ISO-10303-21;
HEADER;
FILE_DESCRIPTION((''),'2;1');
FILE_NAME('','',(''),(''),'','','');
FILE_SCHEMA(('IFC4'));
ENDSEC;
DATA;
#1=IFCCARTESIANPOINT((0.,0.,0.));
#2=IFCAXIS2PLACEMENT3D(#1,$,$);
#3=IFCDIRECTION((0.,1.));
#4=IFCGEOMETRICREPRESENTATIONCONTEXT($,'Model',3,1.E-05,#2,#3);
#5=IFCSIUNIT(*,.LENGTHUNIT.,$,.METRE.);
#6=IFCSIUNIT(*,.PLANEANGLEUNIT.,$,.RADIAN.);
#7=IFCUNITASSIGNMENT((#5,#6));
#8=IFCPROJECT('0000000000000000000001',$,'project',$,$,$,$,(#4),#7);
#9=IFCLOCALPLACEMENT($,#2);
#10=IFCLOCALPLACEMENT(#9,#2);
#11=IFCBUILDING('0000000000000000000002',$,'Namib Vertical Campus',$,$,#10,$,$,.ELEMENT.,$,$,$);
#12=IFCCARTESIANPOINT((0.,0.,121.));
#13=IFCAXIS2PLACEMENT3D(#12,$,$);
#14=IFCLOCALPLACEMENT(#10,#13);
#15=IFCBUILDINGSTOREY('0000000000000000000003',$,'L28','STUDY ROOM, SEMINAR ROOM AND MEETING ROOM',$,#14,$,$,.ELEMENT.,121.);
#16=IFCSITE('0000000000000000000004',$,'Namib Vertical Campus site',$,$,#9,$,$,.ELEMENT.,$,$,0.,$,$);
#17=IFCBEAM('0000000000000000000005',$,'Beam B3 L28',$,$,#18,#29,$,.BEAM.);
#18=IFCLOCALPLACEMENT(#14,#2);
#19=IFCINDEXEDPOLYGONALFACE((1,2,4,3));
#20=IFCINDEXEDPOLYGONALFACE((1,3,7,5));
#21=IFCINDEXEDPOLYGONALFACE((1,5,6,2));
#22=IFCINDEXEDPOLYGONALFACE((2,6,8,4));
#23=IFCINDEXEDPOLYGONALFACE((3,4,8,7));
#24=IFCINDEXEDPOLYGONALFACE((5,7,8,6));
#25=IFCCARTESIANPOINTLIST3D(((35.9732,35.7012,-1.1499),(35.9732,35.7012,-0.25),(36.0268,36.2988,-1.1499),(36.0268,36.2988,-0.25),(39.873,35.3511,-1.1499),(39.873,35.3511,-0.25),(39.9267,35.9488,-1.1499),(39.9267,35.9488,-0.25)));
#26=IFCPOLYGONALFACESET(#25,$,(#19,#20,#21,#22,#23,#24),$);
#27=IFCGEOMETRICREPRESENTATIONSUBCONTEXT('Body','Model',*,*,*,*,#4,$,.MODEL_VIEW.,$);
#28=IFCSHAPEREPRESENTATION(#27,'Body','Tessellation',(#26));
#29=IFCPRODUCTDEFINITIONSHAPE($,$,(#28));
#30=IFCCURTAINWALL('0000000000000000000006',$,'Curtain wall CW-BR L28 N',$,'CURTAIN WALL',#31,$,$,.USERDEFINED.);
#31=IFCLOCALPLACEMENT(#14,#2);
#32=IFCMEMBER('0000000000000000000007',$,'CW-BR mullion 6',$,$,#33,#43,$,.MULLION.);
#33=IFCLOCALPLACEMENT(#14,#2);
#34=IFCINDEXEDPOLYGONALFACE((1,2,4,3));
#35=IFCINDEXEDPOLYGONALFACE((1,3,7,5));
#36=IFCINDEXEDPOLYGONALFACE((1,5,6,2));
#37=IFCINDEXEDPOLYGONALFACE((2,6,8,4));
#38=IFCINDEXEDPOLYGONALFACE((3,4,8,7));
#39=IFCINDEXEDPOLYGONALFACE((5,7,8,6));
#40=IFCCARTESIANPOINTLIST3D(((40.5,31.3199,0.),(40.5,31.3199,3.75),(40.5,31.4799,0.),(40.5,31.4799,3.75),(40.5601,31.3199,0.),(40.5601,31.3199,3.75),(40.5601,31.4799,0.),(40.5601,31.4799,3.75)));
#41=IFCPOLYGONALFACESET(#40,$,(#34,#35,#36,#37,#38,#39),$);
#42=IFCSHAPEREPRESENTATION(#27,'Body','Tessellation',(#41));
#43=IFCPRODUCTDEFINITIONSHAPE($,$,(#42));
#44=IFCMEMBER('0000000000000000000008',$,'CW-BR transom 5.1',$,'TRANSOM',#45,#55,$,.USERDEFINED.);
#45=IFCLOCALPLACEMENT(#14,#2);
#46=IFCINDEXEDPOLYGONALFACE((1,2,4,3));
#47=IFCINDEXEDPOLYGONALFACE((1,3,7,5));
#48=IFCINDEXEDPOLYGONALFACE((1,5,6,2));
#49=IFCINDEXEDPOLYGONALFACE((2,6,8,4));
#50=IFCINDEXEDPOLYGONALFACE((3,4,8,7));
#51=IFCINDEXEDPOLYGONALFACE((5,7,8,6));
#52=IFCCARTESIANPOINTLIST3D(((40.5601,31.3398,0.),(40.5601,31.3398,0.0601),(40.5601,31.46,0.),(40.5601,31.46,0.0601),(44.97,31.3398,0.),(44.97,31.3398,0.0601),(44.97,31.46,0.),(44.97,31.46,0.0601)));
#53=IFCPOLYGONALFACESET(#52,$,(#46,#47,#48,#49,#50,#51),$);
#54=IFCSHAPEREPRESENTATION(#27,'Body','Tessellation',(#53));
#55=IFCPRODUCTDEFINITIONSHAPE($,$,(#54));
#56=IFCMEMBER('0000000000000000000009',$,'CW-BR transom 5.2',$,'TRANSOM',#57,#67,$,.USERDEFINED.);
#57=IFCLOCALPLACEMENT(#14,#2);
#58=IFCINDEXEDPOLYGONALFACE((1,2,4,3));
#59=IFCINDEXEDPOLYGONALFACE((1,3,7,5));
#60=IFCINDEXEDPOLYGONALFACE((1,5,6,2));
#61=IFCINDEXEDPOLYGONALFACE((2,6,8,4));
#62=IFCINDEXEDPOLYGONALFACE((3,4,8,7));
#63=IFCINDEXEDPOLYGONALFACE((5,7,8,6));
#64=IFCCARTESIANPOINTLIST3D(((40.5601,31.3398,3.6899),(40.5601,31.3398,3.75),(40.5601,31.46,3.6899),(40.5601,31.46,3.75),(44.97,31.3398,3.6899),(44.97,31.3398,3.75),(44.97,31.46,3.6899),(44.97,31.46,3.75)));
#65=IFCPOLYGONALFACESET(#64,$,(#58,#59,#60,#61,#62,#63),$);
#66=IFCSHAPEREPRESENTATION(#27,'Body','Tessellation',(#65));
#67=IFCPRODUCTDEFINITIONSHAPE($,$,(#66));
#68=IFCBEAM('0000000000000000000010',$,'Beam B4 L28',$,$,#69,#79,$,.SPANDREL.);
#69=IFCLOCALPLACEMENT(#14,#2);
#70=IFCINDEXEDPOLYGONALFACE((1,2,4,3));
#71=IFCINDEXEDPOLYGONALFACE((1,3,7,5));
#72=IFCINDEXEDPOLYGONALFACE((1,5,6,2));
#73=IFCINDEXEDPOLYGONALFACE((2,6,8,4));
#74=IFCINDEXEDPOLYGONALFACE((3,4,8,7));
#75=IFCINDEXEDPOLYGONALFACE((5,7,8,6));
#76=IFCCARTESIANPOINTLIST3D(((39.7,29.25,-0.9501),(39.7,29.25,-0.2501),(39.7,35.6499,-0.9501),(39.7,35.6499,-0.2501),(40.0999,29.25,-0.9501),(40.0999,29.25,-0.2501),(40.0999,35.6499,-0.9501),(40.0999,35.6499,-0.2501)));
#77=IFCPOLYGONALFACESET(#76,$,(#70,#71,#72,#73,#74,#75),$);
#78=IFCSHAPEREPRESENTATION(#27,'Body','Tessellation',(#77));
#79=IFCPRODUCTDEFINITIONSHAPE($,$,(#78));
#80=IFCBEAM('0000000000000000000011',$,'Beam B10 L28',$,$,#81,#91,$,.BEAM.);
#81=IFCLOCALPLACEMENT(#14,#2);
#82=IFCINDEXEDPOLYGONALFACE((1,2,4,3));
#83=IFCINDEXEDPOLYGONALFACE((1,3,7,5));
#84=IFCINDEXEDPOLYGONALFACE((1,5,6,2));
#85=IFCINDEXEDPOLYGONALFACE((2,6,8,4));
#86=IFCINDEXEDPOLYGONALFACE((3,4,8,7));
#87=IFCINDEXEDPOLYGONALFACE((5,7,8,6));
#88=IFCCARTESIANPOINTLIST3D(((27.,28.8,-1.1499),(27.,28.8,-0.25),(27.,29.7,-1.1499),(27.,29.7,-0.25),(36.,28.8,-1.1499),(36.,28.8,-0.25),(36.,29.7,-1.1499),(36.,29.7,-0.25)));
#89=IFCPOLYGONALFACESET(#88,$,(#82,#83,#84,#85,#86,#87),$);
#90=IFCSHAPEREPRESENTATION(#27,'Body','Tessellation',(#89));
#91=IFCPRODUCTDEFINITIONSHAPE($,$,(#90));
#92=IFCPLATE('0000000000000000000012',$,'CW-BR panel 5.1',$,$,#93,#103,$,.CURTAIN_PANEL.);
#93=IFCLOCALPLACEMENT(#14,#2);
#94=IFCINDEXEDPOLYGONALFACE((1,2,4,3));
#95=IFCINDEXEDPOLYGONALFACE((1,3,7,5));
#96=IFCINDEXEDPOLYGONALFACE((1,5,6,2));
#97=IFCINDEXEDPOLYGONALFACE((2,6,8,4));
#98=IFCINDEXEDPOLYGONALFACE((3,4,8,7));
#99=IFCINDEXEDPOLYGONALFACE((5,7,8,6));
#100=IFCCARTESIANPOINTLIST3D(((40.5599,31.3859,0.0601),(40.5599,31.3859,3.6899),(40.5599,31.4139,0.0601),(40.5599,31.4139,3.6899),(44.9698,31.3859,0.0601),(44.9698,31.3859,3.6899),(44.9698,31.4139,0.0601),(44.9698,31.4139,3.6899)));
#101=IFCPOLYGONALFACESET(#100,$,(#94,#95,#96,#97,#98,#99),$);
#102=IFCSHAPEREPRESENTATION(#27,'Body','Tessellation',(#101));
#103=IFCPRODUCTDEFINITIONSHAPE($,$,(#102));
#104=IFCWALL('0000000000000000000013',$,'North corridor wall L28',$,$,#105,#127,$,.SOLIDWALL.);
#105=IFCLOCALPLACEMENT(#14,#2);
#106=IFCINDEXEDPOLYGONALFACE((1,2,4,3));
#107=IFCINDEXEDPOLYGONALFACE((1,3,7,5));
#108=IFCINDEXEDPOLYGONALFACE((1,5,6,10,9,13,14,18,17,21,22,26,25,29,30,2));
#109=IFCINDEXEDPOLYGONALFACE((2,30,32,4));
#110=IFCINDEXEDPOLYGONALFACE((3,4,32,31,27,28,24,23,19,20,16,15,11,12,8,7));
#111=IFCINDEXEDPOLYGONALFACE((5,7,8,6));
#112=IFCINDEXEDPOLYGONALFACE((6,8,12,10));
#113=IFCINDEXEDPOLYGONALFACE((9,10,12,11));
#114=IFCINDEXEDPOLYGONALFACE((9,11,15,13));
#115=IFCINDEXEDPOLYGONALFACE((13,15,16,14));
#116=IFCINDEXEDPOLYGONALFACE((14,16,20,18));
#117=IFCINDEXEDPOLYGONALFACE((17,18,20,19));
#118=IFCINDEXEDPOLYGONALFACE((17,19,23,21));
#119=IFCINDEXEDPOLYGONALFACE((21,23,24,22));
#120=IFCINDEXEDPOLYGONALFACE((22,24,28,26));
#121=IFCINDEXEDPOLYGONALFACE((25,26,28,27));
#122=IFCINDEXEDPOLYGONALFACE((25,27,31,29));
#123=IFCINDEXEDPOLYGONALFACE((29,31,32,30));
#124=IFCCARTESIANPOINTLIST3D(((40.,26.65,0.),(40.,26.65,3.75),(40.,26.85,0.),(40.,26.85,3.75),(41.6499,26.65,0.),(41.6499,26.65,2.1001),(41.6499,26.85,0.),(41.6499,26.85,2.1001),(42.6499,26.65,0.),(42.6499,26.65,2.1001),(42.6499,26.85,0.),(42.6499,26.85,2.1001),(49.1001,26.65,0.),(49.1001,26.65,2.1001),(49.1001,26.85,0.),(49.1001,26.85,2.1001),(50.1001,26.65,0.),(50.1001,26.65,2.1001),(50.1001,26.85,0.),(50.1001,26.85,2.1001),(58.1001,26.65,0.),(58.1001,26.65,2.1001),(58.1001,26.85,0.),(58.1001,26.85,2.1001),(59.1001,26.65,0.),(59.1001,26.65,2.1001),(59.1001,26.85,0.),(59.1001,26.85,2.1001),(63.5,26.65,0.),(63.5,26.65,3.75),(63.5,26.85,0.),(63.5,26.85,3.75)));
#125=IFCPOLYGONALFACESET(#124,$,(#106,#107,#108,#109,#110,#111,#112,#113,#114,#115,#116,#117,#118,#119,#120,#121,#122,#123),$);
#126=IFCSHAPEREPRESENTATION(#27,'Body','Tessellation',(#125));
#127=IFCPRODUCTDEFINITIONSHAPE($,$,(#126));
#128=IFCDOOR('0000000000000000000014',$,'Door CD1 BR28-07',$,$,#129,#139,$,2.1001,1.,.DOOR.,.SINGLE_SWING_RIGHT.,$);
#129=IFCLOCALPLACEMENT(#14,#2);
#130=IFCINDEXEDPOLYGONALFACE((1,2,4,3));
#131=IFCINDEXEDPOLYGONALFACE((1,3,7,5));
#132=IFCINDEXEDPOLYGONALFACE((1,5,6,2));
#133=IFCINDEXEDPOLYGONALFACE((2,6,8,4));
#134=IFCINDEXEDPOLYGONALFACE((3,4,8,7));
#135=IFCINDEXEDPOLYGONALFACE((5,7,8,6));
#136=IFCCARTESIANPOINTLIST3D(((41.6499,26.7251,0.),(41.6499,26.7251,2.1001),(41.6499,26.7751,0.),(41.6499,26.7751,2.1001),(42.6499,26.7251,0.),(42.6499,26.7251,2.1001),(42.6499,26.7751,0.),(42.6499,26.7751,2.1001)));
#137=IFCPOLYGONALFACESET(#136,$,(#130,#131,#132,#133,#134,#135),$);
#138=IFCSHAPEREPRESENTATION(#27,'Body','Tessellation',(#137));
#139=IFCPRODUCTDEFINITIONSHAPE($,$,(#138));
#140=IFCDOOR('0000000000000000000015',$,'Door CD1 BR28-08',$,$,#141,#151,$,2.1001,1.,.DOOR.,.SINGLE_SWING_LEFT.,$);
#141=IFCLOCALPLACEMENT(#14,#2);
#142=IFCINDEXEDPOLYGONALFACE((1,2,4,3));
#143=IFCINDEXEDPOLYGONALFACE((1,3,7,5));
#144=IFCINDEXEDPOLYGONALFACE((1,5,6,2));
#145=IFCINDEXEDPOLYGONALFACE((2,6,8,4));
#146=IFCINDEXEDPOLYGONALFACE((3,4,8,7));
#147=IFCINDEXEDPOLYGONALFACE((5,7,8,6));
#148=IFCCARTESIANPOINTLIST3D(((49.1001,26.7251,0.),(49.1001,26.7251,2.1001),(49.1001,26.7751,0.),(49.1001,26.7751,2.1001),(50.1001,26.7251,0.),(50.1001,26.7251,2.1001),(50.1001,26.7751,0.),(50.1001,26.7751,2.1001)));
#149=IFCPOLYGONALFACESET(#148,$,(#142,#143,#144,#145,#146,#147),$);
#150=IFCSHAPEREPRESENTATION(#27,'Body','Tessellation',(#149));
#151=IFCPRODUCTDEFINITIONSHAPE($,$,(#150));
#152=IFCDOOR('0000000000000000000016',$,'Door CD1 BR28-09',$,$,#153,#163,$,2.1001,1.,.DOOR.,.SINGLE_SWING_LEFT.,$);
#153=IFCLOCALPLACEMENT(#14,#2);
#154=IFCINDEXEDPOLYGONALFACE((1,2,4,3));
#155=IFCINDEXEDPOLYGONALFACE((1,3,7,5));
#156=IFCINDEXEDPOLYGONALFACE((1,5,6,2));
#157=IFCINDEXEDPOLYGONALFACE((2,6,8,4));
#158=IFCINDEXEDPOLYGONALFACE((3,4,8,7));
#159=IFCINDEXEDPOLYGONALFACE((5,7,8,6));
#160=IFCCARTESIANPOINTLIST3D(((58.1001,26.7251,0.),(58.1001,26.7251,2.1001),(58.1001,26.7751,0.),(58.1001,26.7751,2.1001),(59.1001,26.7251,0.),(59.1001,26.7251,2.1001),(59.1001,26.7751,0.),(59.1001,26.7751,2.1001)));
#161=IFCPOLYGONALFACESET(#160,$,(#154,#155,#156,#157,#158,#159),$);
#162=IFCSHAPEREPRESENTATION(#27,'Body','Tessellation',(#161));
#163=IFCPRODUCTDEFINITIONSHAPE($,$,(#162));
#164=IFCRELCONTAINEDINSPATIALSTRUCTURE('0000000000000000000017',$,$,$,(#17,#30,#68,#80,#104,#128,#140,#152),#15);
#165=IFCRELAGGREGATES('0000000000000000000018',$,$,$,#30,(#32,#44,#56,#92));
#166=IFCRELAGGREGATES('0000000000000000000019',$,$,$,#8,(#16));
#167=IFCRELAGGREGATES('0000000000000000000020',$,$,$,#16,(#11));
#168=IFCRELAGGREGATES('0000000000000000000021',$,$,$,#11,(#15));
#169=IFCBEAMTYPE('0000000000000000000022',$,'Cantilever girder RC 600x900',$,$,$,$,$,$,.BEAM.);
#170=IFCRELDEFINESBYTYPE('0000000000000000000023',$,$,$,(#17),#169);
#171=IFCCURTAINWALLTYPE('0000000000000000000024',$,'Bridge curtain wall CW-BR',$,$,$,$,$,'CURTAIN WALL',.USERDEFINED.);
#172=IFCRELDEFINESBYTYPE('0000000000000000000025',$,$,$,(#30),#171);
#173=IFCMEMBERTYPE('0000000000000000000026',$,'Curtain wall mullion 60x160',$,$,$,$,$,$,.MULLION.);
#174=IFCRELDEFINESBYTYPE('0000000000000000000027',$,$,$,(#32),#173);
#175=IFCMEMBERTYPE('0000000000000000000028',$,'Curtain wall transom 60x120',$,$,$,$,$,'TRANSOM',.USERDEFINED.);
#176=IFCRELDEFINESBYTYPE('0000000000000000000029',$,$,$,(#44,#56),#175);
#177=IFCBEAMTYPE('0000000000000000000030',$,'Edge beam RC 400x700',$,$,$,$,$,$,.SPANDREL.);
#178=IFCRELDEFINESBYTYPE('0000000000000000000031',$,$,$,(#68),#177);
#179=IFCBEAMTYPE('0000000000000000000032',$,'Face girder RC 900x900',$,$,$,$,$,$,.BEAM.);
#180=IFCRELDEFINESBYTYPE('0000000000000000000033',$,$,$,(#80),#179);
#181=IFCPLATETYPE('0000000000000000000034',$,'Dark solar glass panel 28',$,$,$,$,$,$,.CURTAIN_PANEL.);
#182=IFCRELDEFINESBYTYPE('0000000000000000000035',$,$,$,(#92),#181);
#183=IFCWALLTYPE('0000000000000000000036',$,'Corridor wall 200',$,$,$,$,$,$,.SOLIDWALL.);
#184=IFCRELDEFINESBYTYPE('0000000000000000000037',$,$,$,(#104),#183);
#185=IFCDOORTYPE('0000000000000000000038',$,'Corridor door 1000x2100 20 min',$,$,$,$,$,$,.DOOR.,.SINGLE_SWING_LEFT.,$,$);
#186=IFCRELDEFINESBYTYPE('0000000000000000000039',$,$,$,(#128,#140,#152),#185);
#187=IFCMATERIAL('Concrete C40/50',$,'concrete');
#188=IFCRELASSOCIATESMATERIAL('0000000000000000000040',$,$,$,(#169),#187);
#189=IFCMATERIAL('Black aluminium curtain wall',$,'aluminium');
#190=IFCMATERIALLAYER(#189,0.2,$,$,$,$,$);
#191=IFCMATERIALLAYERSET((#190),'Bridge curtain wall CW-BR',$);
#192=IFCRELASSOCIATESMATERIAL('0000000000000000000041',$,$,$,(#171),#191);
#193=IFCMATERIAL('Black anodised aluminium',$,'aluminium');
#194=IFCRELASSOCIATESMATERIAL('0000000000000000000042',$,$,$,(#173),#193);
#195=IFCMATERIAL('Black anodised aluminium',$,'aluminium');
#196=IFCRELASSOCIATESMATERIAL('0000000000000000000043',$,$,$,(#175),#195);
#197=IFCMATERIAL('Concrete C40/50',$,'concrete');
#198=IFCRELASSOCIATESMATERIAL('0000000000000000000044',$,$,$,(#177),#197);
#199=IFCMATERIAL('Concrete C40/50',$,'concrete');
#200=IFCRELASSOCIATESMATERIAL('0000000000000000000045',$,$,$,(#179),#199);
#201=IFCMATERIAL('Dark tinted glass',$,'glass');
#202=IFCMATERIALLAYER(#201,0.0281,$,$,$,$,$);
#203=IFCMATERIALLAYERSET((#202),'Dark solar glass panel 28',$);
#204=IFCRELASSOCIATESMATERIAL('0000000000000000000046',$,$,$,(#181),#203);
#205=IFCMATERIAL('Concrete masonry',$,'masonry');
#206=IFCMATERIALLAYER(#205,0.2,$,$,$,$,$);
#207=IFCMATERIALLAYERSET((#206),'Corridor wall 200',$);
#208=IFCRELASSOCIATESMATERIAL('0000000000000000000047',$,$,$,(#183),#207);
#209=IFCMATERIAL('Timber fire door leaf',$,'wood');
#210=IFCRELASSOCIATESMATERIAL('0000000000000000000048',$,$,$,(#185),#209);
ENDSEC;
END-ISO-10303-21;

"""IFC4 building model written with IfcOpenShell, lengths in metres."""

from ifc_helpers import new_model, si_unit, direction, frame, frame_2d, origin, origin_2d, place, context, subcontext, project, spatial, rectangle, extrude, material, layer, layer_set, material_profile, profile_set, type_object, element, fill, aggregate, save


model = new_model("IFC4")

# Units and contexts
model_context = context("Model", 3, precision=1e-05, world=origin(), true_north=direction((0.0, 1.0)))
body_context = subcontext(model_context, "Body", "Model", "MODEL_VIEW")
ifc_project = project(units=[si_unit("LENGTHUNIT", "METRE"), si_unit("PLANEANGLEUNIT", "RADIAN")], contexts=[model_context])

# Site, building, storey
site_placement = place(None, origin())
site = spatial("IfcSite", under=ifc_project, at=site_placement, Name="Namib Vertical Campus site", CompositionType="ELEMENT", RefElevation=0.0)
building_placement = place(site_placement, origin())
building = spatial("IfcBuilding", under=site, at=building_placement, Name="Namib Vertical Campus", CompositionType="ELEMENT")
storey_placement = place(building_placement, frame((0.0, 0.0, 121.0)))
storey = spatial("IfcBuildingStorey", under=building, at=storey_placement, Name="L28", Description="STUDY ROOM, SEMINAR ROOM AND MEETING ROOM", CompositionType="ELEMENT", Elevation=121.0)

# Beam
ifc_material_1 = material(Name="Concrete C40/50", Category="concrete")
ifc_material_profile_1 = material_profile(ifc_material_1, rectangle(XDim=0.6001, YDim=0.8999, at=origin_2d()))
ifc_profile_set_1 = profile_set([ifc_material_profile_1], Name="Concrete C40/50")
beam_type_1 = type_object("IfcBeamType", Name="Cantilever girder RC 600x900", PredefinedType="BEAM", material=ifc_profile_set_1)
for number, where, z_axis, x_axis, name in (
    (1, (36.0, 36.0, -0.7), (0.995995, -0.089411, 0.0), (0.089411, 0.995995, 0.0), "Beam B3 L28"),
):
    element("IfcBeam", number, at=place(storey_placement, frame(where, z_axis=z_axis, x_axis=x_axis)), inside=storey, type_object=beam_type_1, Name=name, PredefinedType="BEAM", context=body_context, shape_type="SweptSolid", body=[
        extrude(rectangle(XDim=0.6001, YDim=0.8999, at=origin_2d()), origin(), (0.0, 0.0, 1.0), 3.9155),
    ])

# Curtain wall, members
ifc_material_2 = material(Name="Black aluminium curtain wall", Category="aluminium")
ifc_layer_1 = layer(ifc_material_2, 0.2)
ifc_layer_set_1 = layer_set([ifc_layer_1], Name="Bridge curtain wall CW-BR")
curtain_wall_type = type_object("IfcCurtainWallType", Name="Bridge curtain wall CW-BR", ElementType="CURTAIN WALL", PredefinedType="USERDEFINED", material=ifc_layer_set_1)
curtain_wall_placement = place(storey_placement, origin())
curtain_wall = element("IfcCurtainWall", 2, at=curtain_wall_placement, inside=storey, type_object=curtain_wall_type, Name="Curtain wall CW-BR L28 N", ObjectType="CURTAIN WALL", PredefinedType="USERDEFINED")
ifc_material_3 = material(Name="Black anodised aluminium", Category="aluminium")
ifc_material_profile_2 = material_profile(ifc_material_3, rectangle(XDim=0.0601, YDim=0.1599, at=origin_2d()))
ifc_profile_set_2 = profile_set([ifc_material_profile_2], Name="Black anodised aluminium")
member_type_1 = type_object("IfcMemberType", Name="Curtain wall mullion 60x160", PredefinedType="MULLION", material=ifc_profile_set_2)
member_1_placement = place(storey_placement, frame((40.53, 31.3999, 0.0), z_axis=(0.0, 0.0, 1.0), x_axis=(-1.0, 0.0, 0.0)))
member_1 = element("IfcMember", 3, at=member_1_placement, type_object=member_type_1, Name="CW-BR mullion 6", PredefinedType="MULLION", context=body_context, shape_type="SweptSolid", body=[
    extrude(rectangle(XDim=0.0601, YDim=0.1599, at=origin_2d()), origin(), (0.0, 0.0, 1.0), 3.75),
])
ifc_material_4 = material(Name="Black anodised aluminium", Category="aluminium")
ifc_material_profile_3 = material_profile(ifc_material_4, rectangle(XDim=0.0601, YDim=0.1201, at=origin_2d()))
ifc_profile_set_3 = profile_set([ifc_material_profile_3], Name="Black anodised aluminium")
member_type_2 = type_object("IfcMemberType", Name="Curtain wall transom 60x120", ElementType="TRANSOM", PredefinedType="USERDEFINED", material=ifc_profile_set_3)
member_2_placement = place(storey_placement, frame((44.97, 31.3999, 0.03), z_axis=(-1.0, 0.0, 0.0), x_axis=(0.0, 0.0, 1.0)))
member_2 = element("IfcMember", 4, at=member_2_placement, type_object=member_type_2, Name="CW-BR transom 5.1", ObjectType="TRANSOM", PredefinedType="USERDEFINED", context=body_context, shape_type="SweptSolid", body=[
    extrude(rectangle(XDim=0.0601, YDim=0.1201, at=origin_2d()), origin(), (0.0, 0.0, 1.0), 4.4099),
])
member_3_placement = place(storey_placement, frame((44.97, 31.3999, 3.72), z_axis=(-1.0, 0.0, 0.0), x_axis=(0.0, 0.0, 1.0)))
member_3 = element("IfcMember", 5, at=member_3_placement, type_object=member_type_2, Name="CW-BR transom 5.2", ObjectType="TRANSOM", PredefinedType="USERDEFINED", context=body_context, shape_type="SweptSolid", body=[
    extrude(rectangle(XDim=0.0601, YDim=0.1201, at=origin_2d()), origin(), (0.0, 0.0, 1.0), 4.4099),
])

# Beams
ifc_material_5 = material(Name="Concrete C40/50", Category="concrete")
ifc_material_profile_4 = material_profile(ifc_material_5, rectangle(XDim=0.3999, YDim=0.7, at=origin_2d()))
ifc_profile_set_4 = profile_set([ifc_material_profile_4], Name="Concrete C40/50")
beam_type_2 = type_object("IfcBeamType", Name="Edge beam RC 400x700", PredefinedType="SPANDREL", material=ifc_profile_set_4)
beam_1_placement = place(storey_placement, frame((39.8999, 29.25, -0.6001), z_axis=(0.0, 1.0, 0.0), x_axis=(-1.0, 0.0, 0.0)))
element("IfcBeam", 6, at=beam_1_placement, inside=storey, type_object=beam_type_2, Name="Beam B4 L28", PredefinedType="SPANDREL", context=body_context, shape_type="SweptSolid", body=[
    extrude(rectangle(XDim=0.3999, YDim=0.7, at=origin_2d()), origin(), (0.0, 0.0, 1.0), 6.3999),
])
ifc_material_6 = material(Name="Concrete C40/50", Category="concrete")
ifc_material_profile_5 = material_profile(ifc_material_6, rectangle(XDim=0.8999, YDim=0.8999, at=origin_2d()))
ifc_profile_set_5 = profile_set([ifc_material_profile_5], Name="Concrete C40/50")
beam_type_3 = type_object("IfcBeamType", Name="Face girder RC 900x900", PredefinedType="BEAM", material=ifc_profile_set_5)
beam_2_placement = place(storey_placement, frame((36.0, 29.25, -0.7), z_axis=(-1.0, 0.0, 0.0), x_axis=(0.0, -1.0, 0.0)))
element("IfcBeam", 7, at=beam_2_placement, inside=storey, type_object=beam_type_3, Name="Beam B10 L28", PredefinedType="BEAM", context=body_context, shape_type="SweptSolid", body=[
    extrude(rectangle(XDim=0.8999, YDim=0.8999, at=origin_2d()), origin(), (0.0, 0.0, 1.0), 9.0),
])

# Plate
ifc_material_7 = material(Name="Dark tinted glass", Category="glass")
ifc_layer_2 = layer(ifc_material_7, 0.0281)
ifc_layer_set_2 = layer_set([ifc_layer_2], Name="Dark solar glass panel 28")
plate_type = type_object("IfcPlateType", Name="Dark solar glass panel 28", PredefinedType="CURTAIN_PANEL", material=ifc_layer_set_2)
plate_placement = place(storey_placement, frame((42.7649, 31.3999, 0.0601), z_axis=(0.0, 0.0, 1.0), x_axis=(-1.0, 0.0, 0.0)))
plate = element("IfcPlate", 8, at=plate_placement, type_object=plate_type, Name="CW-BR panel 5.1", PredefinedType="CURTAIN_PANEL", context=body_context, shape_type="SweptSolid", body=[
    extrude(rectangle(XDim=4.4099, YDim=0.0281, at=origin_2d()), origin(), (0.0, 0.0, 1.0), 3.6299),
])
aggregate(curtain_wall, [member_1, member_2, member_3, plate])

# Wall, openings, doors
ifc_material_8 = material(Name="Concrete masonry", Category="masonry")
ifc_layer_3 = layer(ifc_material_8, 0.2)
ifc_layer_set_3 = layer_set([ifc_layer_3], Name="Corridor wall 200")
wall_type_1 = type_object("IfcWallType", Name="Corridor wall 200", PredefinedType="SOLIDWALL", material=ifc_layer_set_3)
wall_1_placement = place(storey_placement, frame((40.0, 26.75, 0.0), z_axis=(0.0, 0.0, 1.0), x_axis=(1.0, 0.0, 0.0)))
wall_1 = element("IfcWall", 9, at=wall_1_placement, inside=storey, type_object=wall_type_1, Name="North corridor wall L28", PredefinedType="SOLIDWALL", context=body_context, shape_type="SweptSolid", body=[
    extrude(rectangle(XDim=23.5, YDim=0.2, at=frame_2d((11.75, 0.0))), origin(), (0.0, 0.0, 1.0), 3.75),
])
opening_1_placement = place(wall_1_placement, frame((1.6499, 0.0, 0.0)))
opening_1 = element("IfcOpeningElement", 10, at=opening_1_placement, cuts=wall_1, PredefinedType="OPENING", context=body_context, shape_type="SweptSolid", body=[
    extrude(rectangle(XDim=1.0, YDim=2.1001, at=frame_2d((0.5, 1.05))), frame((0.0, 0.1099, 0.0), z_axis=(0.0, -1.0, 0.0), x_axis=(1.0, 0.0, 0.0)), (0.0, 0.0, 1.0), 0.22),
])
opening_2_placement = place(wall_1_placement, frame((9.1001, 0.0, 0.0)))
opening_2 = element("IfcOpeningElement", 11, at=opening_2_placement, cuts=wall_1, PredefinedType="OPENING", context=body_context, shape_type="SweptSolid", body=[
    extrude(rectangle(XDim=1.0, YDim=2.1001, at=frame_2d((0.5, 1.05))), frame((0.0, 0.1099, 0.0), z_axis=(0.0, -1.0, 0.0), x_axis=(1.0, 0.0, 0.0)), (0.0, 0.0, 1.0), 0.22),
])
opening_3_placement = place(wall_1_placement, frame((18.1001, 0.0, 0.0)))
opening_3 = element("IfcOpeningElement", 12, at=opening_3_placement, cuts=wall_1, PredefinedType="OPENING", context=body_context, shape_type="SweptSolid", body=[
    extrude(rectangle(XDim=1.0, YDim=2.1001, at=frame_2d((0.5, 1.05))), frame((0.0, 0.1099, 0.0), z_axis=(0.0, -1.0, 0.0), x_axis=(1.0, 0.0, 0.0)), (0.0, 0.0, 1.0), 0.22),
])
ifc_material_9 = material(Name="Timber fire door leaf", Category="wood")
door_type = type_object("IfcDoorType", Name="Corridor door 1000x2100 20 min", OperationType="SINGLE_SWING_LEFT", PredefinedType="DOOR", material=ifc_material_9)
door_1_placement = place(opening_1_placement, frame((1.0, 0.0, 0.0), z_axis=(0.0, 0.0, 1.0), x_axis=(-1.0, 0.0, 0.0)))
door_1 = element("IfcDoor", 13, at=door_1_placement, inside=storey, type_object=door_type, Name="Door CD1 BR28-07", OperationType="SINGLE_SWING_RIGHT", OverallHeight=2.1001, OverallWidth=1.0, PredefinedType="DOOR", context=body_context, shape_type="SweptSolid", body=[
    extrude(rectangle(XDim=1.0, YDim=2.1001, at=frame_2d((0.5, 1.05))), frame((0.0, 0.0249, 0.0), z_axis=(0.0, -1.0, 0.0), x_axis=(1.0, 0.0, 0.0)), (0.0, 0.0, 1.0), 0.05),
])
fill(opening_1, door_1)
door_2_placement = place(opening_2_placement, frame((1.0, 0.0, 0.0), z_axis=(0.0, 0.0, 1.0), x_axis=(-1.0, 0.0, 0.0)))
door_2 = element("IfcDoor", 14, at=door_2_placement, inside=storey, type_object=door_type, Name="Door CD1 BR28-08", OperationType="SINGLE_SWING_LEFT", OverallHeight=2.1001, OverallWidth=1.0, PredefinedType="DOOR", context=body_context, shape_type="SweptSolid", body=[
    extrude(rectangle(XDim=1.0, YDim=2.1001, at=frame_2d((0.5, 1.05))), frame((0.0, 0.0249, 0.0), z_axis=(0.0, -1.0, 0.0), x_axis=(1.0, 0.0, 0.0)), (0.0, 0.0, 1.0), 0.05),
])
fill(opening_2, door_2)
door_3_placement = place(opening_3_placement, frame((1.0, 0.0, 0.0), z_axis=(0.0, 0.0, 1.0), x_axis=(-1.0, 0.0, 0.0)))
door_3 = element("IfcDoor", 15, at=door_3_placement, inside=storey, type_object=door_type, Name="Door CD1 BR28-09", OperationType="SINGLE_SWING_LEFT", OverallHeight=2.1001, OverallWidth=1.0, PredefinedType="DOOR", context=body_context, shape_type="SweptSolid", body=[
    extrude(rectangle(XDim=1.0, YDim=2.1001, at=frame_2d((0.5, 1.05))), frame((0.0, 0.0249, 0.0), z_axis=(0.0, -1.0, 0.0), x_axis=(1.0, 0.0, 0.0)), (0.0, 0.0, 1.0), 0.05),
])
fill(opening_3, door_3)

save(model, "model.ifc")
